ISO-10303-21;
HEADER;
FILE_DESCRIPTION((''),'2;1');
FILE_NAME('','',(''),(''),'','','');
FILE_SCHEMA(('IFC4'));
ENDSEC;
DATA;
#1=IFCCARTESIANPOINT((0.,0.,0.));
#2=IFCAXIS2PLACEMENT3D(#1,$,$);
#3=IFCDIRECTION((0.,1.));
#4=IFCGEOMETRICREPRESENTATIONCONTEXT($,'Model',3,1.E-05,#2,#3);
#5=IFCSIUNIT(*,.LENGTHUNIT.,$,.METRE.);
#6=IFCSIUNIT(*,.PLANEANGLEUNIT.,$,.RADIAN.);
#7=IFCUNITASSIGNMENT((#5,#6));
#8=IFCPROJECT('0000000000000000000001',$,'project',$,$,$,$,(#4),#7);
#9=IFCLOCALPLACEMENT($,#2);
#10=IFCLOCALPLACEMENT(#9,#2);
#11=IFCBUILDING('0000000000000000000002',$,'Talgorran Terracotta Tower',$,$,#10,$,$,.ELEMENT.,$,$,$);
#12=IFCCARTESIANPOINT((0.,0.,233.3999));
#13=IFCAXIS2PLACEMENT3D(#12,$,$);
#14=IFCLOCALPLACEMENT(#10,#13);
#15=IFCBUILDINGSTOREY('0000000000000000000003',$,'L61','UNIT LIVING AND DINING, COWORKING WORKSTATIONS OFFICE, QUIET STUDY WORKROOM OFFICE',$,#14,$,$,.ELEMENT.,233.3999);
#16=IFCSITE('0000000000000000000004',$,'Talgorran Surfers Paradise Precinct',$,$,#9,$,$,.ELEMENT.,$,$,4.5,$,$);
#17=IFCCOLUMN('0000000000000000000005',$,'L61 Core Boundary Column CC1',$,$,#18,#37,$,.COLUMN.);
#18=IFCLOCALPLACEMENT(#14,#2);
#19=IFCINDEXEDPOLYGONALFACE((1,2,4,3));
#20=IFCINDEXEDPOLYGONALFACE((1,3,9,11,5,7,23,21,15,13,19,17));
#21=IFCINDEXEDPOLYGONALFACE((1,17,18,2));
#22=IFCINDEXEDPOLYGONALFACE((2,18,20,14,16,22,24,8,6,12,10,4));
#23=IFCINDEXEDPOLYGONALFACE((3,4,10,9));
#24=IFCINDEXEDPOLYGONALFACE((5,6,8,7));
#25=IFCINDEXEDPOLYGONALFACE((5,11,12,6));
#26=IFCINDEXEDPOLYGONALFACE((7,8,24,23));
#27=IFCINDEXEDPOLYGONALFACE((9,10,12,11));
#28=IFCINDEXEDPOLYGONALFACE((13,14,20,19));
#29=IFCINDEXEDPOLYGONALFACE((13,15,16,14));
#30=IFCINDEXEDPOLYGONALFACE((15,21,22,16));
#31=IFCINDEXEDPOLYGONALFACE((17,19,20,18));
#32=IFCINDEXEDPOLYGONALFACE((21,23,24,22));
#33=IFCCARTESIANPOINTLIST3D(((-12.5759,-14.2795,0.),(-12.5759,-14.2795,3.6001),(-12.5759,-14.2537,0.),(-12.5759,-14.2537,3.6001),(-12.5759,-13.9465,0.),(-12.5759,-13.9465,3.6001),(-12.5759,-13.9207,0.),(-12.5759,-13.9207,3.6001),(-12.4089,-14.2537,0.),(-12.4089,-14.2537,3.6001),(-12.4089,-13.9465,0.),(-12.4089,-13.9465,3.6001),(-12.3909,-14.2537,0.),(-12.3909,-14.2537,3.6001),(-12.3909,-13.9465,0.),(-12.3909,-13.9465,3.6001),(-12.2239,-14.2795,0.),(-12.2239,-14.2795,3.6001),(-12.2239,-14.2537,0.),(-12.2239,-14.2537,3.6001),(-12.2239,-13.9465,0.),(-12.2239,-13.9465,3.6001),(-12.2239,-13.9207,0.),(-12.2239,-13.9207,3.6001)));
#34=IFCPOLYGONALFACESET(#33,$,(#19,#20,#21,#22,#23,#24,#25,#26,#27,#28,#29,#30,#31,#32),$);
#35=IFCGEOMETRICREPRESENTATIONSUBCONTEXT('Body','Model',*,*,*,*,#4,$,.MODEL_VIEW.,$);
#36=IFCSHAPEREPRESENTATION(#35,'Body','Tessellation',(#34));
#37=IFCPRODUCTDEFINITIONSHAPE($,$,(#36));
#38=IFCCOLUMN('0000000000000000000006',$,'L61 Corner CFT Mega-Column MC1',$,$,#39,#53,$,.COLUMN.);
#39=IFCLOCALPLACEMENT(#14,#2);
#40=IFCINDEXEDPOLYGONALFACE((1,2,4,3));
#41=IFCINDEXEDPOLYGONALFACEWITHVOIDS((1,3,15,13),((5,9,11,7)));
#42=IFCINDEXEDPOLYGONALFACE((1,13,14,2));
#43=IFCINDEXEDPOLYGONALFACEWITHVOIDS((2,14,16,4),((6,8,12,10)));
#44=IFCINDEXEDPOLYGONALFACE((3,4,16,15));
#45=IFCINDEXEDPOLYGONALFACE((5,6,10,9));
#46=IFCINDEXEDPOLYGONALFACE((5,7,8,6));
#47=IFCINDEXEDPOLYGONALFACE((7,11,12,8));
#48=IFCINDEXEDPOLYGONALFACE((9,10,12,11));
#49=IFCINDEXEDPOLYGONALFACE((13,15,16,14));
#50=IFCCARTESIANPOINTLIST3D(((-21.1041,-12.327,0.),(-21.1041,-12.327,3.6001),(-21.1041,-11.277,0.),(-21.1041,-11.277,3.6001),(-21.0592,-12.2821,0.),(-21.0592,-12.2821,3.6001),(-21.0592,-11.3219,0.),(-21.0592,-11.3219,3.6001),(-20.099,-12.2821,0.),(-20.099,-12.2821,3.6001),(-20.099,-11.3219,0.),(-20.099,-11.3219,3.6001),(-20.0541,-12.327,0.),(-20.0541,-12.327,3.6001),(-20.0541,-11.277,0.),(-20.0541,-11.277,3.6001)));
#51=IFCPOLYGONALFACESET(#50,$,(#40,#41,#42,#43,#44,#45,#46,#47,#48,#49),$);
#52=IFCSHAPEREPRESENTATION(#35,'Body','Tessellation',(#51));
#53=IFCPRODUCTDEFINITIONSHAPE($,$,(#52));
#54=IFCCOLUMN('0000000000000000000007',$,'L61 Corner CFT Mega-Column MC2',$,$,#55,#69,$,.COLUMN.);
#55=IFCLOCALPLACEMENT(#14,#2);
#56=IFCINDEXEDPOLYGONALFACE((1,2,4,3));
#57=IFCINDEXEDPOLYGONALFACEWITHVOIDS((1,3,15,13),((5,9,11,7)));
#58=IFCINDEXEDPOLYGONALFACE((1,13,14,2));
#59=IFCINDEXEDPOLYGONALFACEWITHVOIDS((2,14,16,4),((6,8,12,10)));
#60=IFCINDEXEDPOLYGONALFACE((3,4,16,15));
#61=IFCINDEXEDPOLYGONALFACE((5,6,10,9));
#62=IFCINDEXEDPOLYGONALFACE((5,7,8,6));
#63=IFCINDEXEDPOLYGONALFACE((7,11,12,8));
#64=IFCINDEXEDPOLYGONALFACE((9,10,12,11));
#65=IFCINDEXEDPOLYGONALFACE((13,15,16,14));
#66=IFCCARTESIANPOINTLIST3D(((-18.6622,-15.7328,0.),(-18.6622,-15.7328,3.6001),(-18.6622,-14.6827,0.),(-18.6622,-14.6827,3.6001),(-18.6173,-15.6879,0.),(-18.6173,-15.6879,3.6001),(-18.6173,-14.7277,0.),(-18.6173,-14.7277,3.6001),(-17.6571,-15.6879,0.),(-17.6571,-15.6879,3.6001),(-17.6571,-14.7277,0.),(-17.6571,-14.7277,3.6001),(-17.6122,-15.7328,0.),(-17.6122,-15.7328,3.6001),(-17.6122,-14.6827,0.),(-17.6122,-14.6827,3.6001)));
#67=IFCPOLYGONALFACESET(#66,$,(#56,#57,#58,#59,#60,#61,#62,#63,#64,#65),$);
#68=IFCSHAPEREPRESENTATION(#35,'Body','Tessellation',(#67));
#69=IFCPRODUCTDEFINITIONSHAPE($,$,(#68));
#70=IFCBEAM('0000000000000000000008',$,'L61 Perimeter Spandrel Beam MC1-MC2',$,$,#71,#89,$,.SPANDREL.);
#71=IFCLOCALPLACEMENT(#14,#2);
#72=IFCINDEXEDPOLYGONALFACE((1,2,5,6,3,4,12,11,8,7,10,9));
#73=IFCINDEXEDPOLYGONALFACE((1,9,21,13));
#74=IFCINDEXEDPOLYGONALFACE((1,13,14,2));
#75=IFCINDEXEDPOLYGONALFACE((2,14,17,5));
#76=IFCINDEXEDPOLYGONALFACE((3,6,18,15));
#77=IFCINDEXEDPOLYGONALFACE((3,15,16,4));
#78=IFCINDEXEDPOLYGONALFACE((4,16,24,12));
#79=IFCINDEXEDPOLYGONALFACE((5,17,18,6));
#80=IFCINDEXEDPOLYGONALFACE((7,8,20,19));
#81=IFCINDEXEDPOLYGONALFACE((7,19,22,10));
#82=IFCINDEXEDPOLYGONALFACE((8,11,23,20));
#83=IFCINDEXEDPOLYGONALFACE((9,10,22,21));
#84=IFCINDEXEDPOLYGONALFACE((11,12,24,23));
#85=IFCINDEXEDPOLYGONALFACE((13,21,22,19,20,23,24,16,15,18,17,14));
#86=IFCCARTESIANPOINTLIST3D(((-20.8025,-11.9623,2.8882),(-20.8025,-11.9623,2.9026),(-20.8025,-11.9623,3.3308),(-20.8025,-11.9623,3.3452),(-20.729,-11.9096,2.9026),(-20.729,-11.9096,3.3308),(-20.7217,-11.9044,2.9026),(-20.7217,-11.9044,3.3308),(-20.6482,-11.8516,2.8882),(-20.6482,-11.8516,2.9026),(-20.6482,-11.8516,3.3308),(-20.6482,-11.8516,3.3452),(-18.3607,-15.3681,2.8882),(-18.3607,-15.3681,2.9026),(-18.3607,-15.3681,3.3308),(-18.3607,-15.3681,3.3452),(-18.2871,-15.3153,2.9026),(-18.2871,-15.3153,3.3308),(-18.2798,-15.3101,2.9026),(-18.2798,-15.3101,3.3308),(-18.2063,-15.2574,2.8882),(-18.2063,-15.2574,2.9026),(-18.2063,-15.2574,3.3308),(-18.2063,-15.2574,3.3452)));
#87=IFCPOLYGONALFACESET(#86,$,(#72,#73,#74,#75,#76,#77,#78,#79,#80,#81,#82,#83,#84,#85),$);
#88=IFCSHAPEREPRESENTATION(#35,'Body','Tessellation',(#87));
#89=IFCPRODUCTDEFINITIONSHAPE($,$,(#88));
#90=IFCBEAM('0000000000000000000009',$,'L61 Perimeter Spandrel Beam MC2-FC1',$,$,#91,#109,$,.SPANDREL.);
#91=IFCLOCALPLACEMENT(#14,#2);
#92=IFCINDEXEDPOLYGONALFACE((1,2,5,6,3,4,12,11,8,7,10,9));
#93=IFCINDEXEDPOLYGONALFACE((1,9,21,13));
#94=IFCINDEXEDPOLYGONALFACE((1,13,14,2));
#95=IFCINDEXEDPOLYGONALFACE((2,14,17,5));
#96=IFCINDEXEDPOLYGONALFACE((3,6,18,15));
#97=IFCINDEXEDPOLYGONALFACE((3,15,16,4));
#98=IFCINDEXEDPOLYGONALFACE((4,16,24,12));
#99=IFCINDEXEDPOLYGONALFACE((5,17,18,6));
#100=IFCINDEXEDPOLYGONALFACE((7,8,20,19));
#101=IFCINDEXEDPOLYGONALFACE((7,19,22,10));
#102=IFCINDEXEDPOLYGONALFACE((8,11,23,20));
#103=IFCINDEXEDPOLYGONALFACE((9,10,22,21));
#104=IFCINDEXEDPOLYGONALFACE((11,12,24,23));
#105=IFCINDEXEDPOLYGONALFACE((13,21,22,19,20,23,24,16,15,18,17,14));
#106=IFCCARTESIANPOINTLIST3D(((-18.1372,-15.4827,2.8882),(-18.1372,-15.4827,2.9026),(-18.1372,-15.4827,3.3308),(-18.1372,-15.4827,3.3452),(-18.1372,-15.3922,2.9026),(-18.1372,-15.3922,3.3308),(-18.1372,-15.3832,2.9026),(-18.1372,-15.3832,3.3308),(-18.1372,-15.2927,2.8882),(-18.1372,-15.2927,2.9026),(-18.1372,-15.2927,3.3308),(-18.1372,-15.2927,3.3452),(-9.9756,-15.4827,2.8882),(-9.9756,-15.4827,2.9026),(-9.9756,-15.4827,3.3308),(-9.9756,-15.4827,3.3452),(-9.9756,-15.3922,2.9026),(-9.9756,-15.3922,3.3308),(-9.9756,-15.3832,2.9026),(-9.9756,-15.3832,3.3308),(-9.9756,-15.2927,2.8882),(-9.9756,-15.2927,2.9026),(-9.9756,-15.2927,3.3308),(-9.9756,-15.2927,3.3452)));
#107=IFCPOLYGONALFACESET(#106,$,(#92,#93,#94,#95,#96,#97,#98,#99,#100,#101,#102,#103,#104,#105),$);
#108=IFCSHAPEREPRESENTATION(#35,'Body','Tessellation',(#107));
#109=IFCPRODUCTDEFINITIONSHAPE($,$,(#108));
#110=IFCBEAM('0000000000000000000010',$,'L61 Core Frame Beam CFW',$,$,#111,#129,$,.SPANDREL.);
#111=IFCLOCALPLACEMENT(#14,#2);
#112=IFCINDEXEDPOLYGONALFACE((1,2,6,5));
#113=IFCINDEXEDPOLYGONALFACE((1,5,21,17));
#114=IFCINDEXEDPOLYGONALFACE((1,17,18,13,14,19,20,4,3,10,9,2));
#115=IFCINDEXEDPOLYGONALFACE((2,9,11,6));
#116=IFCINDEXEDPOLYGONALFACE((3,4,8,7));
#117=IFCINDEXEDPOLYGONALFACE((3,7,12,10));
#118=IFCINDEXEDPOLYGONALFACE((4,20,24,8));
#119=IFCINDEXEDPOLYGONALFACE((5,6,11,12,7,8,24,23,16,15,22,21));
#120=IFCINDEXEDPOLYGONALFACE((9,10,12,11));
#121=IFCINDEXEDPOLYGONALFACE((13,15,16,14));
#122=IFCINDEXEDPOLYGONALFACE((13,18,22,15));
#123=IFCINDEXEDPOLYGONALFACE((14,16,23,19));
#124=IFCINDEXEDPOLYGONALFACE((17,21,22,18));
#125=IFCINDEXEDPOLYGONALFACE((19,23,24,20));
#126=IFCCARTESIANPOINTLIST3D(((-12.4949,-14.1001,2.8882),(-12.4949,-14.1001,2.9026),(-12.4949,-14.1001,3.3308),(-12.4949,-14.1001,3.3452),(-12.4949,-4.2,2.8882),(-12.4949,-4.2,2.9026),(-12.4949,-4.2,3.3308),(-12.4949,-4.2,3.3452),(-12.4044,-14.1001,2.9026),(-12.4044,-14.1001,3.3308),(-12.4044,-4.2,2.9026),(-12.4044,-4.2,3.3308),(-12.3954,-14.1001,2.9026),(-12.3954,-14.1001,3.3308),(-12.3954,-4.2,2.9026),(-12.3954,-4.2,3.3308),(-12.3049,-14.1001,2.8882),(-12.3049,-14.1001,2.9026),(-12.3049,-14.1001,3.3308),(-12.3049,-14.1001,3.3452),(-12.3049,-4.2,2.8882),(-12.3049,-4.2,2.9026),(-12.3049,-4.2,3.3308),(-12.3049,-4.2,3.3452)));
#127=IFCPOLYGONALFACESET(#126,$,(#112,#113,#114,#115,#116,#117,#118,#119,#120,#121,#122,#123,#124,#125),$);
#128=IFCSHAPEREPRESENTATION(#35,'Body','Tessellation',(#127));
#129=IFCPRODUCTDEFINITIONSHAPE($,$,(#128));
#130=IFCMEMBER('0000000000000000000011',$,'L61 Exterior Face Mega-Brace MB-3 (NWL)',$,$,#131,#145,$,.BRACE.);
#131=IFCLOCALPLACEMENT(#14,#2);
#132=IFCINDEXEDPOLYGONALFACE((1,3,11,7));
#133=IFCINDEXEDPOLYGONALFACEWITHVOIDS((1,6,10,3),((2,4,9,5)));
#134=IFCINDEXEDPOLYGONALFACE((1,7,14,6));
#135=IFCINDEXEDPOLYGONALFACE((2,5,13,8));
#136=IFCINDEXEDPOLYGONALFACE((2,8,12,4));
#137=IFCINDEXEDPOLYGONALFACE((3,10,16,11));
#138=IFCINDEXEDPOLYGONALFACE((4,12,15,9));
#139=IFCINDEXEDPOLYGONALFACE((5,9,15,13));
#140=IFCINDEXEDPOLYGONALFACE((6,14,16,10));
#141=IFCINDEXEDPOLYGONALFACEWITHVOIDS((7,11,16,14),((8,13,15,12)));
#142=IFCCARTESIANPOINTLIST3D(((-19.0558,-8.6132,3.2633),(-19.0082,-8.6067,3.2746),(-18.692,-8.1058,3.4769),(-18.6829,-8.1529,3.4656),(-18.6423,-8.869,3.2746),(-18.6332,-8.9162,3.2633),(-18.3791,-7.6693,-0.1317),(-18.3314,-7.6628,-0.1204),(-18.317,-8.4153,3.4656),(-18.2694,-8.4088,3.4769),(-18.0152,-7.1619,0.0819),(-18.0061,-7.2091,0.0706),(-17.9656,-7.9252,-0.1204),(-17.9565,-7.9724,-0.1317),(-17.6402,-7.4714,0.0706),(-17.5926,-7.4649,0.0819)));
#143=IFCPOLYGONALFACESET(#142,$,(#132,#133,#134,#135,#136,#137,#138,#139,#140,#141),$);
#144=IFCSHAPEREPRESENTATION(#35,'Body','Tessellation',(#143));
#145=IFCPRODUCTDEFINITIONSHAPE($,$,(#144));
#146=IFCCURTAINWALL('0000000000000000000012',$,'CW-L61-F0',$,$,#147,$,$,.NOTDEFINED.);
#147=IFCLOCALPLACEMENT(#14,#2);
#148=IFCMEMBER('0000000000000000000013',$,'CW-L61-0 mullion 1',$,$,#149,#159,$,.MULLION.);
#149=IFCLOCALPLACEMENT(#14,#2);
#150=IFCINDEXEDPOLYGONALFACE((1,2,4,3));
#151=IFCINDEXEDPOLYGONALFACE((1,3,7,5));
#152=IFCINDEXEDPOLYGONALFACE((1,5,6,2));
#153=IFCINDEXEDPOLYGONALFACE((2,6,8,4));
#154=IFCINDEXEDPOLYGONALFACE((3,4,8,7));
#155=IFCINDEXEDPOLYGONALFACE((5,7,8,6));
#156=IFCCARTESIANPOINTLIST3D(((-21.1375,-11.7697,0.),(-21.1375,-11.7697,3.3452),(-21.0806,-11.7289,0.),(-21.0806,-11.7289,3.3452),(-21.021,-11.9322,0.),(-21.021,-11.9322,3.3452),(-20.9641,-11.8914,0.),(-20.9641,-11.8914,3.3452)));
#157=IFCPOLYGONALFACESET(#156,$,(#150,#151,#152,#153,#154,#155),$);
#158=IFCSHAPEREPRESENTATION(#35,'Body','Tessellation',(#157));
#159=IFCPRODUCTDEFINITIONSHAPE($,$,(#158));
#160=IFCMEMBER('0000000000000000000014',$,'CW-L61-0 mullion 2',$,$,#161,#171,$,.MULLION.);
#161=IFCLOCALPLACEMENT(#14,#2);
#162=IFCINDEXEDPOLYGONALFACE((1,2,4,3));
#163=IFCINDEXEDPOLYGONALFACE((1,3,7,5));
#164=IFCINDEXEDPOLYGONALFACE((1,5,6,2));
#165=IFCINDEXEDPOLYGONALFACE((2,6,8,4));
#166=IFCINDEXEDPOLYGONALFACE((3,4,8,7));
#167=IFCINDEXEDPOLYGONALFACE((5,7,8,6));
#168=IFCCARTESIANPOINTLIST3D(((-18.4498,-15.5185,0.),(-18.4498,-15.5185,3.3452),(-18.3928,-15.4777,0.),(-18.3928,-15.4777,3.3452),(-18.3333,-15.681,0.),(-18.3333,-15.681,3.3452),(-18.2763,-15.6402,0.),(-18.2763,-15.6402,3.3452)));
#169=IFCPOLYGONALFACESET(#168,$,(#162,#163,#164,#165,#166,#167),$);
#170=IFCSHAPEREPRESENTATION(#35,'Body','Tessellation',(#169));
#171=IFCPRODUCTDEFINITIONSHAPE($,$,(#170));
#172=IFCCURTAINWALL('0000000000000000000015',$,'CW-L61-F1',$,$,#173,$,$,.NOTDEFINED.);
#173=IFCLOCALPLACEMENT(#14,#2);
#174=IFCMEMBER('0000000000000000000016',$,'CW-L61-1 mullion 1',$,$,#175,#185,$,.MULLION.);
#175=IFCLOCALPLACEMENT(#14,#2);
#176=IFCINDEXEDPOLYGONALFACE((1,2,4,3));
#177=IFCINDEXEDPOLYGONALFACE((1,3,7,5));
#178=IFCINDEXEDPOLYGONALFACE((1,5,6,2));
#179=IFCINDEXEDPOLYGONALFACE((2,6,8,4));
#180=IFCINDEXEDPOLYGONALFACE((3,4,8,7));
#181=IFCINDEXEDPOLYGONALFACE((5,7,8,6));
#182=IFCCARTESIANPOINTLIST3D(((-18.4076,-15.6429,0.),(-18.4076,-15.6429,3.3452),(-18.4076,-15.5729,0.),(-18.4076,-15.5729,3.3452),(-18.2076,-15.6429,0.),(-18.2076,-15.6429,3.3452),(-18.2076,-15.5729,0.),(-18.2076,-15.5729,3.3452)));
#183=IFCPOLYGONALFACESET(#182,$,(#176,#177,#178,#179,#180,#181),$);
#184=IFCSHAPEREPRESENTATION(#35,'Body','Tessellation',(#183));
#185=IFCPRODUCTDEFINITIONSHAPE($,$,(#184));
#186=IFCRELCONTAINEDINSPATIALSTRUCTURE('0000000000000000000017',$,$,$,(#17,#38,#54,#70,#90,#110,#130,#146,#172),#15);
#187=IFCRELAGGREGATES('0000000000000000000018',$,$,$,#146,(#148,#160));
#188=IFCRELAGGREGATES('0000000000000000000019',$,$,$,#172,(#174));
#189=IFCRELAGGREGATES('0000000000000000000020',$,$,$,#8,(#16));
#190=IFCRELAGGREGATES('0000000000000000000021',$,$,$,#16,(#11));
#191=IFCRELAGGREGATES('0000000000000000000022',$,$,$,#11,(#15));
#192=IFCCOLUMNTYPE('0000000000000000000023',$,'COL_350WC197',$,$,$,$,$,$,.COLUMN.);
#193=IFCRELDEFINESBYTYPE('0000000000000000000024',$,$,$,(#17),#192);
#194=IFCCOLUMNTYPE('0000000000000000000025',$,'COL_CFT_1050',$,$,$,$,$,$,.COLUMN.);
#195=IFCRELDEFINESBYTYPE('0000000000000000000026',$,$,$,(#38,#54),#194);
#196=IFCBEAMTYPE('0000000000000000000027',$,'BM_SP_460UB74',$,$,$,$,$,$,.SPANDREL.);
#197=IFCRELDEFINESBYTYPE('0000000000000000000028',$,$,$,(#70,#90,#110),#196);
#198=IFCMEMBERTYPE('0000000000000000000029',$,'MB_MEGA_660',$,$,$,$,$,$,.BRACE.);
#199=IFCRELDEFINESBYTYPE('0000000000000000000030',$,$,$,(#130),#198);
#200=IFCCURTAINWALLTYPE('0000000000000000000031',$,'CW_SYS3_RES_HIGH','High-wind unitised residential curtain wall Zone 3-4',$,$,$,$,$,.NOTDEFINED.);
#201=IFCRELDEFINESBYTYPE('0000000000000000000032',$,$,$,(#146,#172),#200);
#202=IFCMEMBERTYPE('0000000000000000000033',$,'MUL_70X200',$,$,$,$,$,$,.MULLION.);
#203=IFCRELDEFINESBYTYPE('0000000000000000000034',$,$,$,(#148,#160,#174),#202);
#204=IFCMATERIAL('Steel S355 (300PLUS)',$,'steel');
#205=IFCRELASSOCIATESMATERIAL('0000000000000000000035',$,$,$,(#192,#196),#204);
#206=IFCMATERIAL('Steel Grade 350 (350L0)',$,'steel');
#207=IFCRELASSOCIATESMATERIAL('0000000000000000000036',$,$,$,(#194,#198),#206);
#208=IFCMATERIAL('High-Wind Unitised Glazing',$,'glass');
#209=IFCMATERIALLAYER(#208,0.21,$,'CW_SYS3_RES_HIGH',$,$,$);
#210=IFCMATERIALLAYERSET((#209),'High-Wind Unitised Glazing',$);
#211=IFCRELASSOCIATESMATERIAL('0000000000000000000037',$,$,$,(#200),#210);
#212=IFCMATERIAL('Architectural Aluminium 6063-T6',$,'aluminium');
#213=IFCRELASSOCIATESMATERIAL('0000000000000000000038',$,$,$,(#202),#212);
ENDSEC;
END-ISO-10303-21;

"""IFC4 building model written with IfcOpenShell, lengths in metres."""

from ifc_helpers import new_model, si_unit, direction, frame, origin, origin_2d, place, context, subcontext, project, spatial, rectangle, hollow_rectangle, i_section, extrude, material, layer, layer_set, material_profile, profile_set, type_object, element, aggregate, save


model = new_model("IFC4")

# Units and contexts
model_context = context("Model", 3, precision=1e-05, world=origin(), true_north=direction((0.0, 1.0)))
body_context = subcontext(model_context, "Body", "Model", "MODEL_VIEW")
ifc_project = project(units=[si_unit("LENGTHUNIT", "METRE"), si_unit("PLANEANGLEUNIT", "RADIAN")], contexts=[model_context])

# Site, building, storey
site_placement = place(None, origin())
site = spatial("IfcSite", under=ifc_project, at=site_placement, Name="Talgorran Surfers Paradise Precinct", CompositionType="ELEMENT", RefElevation=4.5)
building_placement = place(site_placement, origin())
building = spatial("IfcBuilding", under=site, at=building_placement, Name="Talgorran Terracotta Tower", CompositionType="ELEMENT")
storey_placement = place(building_placement, frame((0.0, 0.0, 233.3999)))
storey = spatial("IfcBuildingStorey", under=building, at=storey_placement, Name="L61", Description="UNIT LIVING AND DINING, COWORKING WORKSTATIONS OFFICE, QUIET STUDY WORKROOM OFFICE", CompositionType="ELEMENT", Elevation=233.3999)

# Columns
ifc_material_1 = material(Name="Steel S355 (300PLUS)", Category="steel")
ifc_material_profile_1 = material_profile(ifc_material_1, i_section(OverallWidth=0.3521, OverallDepth=0.3589, WebThickness=0.0181, FlangeThickness=0.0259, at=origin_2d()), Name="350WC197")
ifc_profile_set_1 = profile_set([ifc_material_profile_1], Name="Steel S355 (300PLUS)")
column_type_1 = type_object("IfcColumnType", Name="COL_350WC197", PredefinedType="COLUMN", material=ifc_profile_set_1)
column_placement = place(storey_placement, frame((-12.3999, -14.1001, 0.0), z_axis=(0.0, 0.0, 1.0), x_axis=(1.0, 0.0, 0.0)))
element("IfcColumn", 1, at=column_placement, inside=storey, type_object=column_type_1, Name="L61 Core Boundary Column CC1", PredefinedType="COLUMN", context=body_context, shape_type="SweptSolid", body=[
    extrude(i_section(OverallWidth=0.3521, OverallDepth=0.3589, WebThickness=0.0181, FlangeThickness=0.0259, at=origin_2d()), origin(), (0.0, 0.0, 1.0), 3.6001),
])
ifc_material_2 = material(Name="Steel Grade 350 (350L0)", Category="steel")
ifc_material_profile_2 = material_profile(ifc_material_2, hollow_rectangle(XDim=1.05, YDim=1.05, WallThickness=0.0449, at=origin_2d()), Name="CFT1050X1050X45")
ifc_profile_set_2 = profile_set([ifc_material_profile_2], Name="Steel Grade 350 (350L0)")
column_type_2 = type_object("IfcColumnType", Name="COL_CFT_1050", PredefinedType="COLUMN", material=ifc_profile_set_2)
for number, where, z_axis, x_axis, name in (
    (2, (-20.5791, -11.802, 0.0), (0.0, 0.0, 1.0), (1.0, 0.0, 0.0), "L61 Corner CFT Mega-Column MC1"),
    (3, (-18.1372, -15.2078, 0.0), (0.0, 0.0, 1.0), (1.0, 0.0, 0.0), "L61 Corner CFT Mega-Column MC2"),
):
    element("IfcColumn", number, at=place(storey_placement, frame(where, z_axis=z_axis, x_axis=x_axis)), inside=storey, type_object=column_type_2, Name=name, PredefinedType="COLUMN", context=body_context, shape_type="SweptSolid", body=[
        extrude(hollow_rectangle(XDim=1.05, YDim=1.05, WallThickness=0.0449, at=origin_2d()), origin(), (0.0, 0.0, 1.0), 3.6001),
    ])

# Beams
ifc_material_profile_3 = material_profile(ifc_material_1, i_section(OverallWidth=0.1899, OverallDepth=0.457, WebThickness=0.009, FlangeThickness=0.0144, at=origin_2d()), Name="460UB74.6")
ifc_profile_set_3 = profile_set([ifc_material_profile_3], Name="Steel S355 (300PLUS)")
beam_type = type_object("IfcBeamType", Name="BM_SP_460UB74", PredefinedType="SPANDREL", material=ifc_profile_set_3)
beam_1_placement = place(storey_placement, frame((-20.7253, -11.907, 3.1167), z_axis=(0.582692, -0.812693, 0.0), x_axis=(0.812693, 0.582692, 0.0)))
element("IfcBeam", 4, at=beam_1_placement, inside=storey, type_object=beam_type, Name="L61 Perimeter Spandrel Beam MC1-MC2", PredefinedType="SPANDREL", context=body_context, shape_type="SweptSolid", body=[
    extrude(i_section(OverallWidth=0.1899, OverallDepth=0.457, WebThickness=0.009, FlangeThickness=0.0144, at=origin_2d()), origin(), (0.0, 0.0, 1.0), 4.1907),
])
beam_2_placement = place(storey_placement, frame((-18.1372, -15.3877, 3.1167), z_axis=(1.0, 0.0, 0.0), x_axis=(0.0, 1.0, 0.0)))
element("IfcBeam", 5, at=beam_2_placement, inside=storey, type_object=beam_type, Name="L61 Perimeter Spandrel Beam MC2-FC1", PredefinedType="SPANDREL", context=body_context, shape_type="SweptSolid", body=[
    extrude(i_section(OverallWidth=0.1899, OverallDepth=0.457, WebThickness=0.009, FlangeThickness=0.0144, at=origin_2d()), origin(), (0.0, 0.0, 1.0), 8.1616),
])
beam_3_placement = place(storey_placement, frame((-12.3999, -14.1001, 3.1167), z_axis=(0.0, 1.0, 0.0), x_axis=(-1.0, 0.0, 0.0)))
element("IfcBeam", 6, at=beam_3_placement, inside=storey, type_object=beam_type, Name="L61 Core Frame Beam CFW", PredefinedType="SPANDREL", context=body_context, shape_type="SweptSolid", body=[
    extrude(i_section(OverallWidth=0.1899, OverallDepth=0.457, WebThickness=0.009, FlangeThickness=0.0144, at=origin_2d()), origin(), (0.0, 0.0, 1.0), 9.9001),
])

# Member
ifc_material_profile_4 = material_profile(ifc_material_2, hollow_rectangle(XDim=0.52, YDim=0.6599, WallThickness=0.0349, at=origin_2d()), Name="WBOX660X520X35")
ifc_profile_set_4 = profile_set([ifc_material_profile_4], Name="Steel Grade 350 (350L0)")
member_type_1 = type_object("IfcMemberType", Name="MB_MEGA_660", PredefinedType="BRACE", material=ifc_profile_set_4)
member_1_placement = place(storey_placement, frame((-17.9858, -7.5671, -0.0249), z_axis=(-0.188608, -0.263044, 0.946169), x_axis=(0.812681, -0.582709, 0.0)))
element("IfcMember", 7, at=member_1_placement, inside=storey, type_object=member_type_1, Name="L61 Exterior Face Mega-Brace MB-3 (NWL)", PredefinedType="BRACE", context=body_context, shape_type="SweptSolid", body=[
    extrude(hollow_rectangle(XDim=0.52, YDim=0.6599, WallThickness=0.0349, at=origin_2d()), origin(), (0.0, 0.0, 1.0), 3.5881),
])

# Curtain wall, members
ifc_material_3 = material(Name="High-Wind Unitised Glazing", Category="glass")
ifc_layer_1 = layer(ifc_material_3, 0.21, Name="CW_SYS3_RES_HIGH")
ifc_layer_set_1 = layer_set([ifc_layer_1], Name="High-Wind Unitised Glazing")
curtain_wall_type = type_object("IfcCurtainWallType", Name="CW_SYS3_RES_HIGH", Description="High-wind unitised residential curtain wall Zone 3-4", PredefinedType="NOTDEFINED", material=ifc_layer_set_1)
curtain_wall_1_placement = place(storey_placement, origin())
curtain_wall_1 = element("IfcCurtainWall", 8, at=curtain_wall_1_placement, inside=storey, type_object=curtain_wall_type, Name="CW-L61-F0", PredefinedType="NOTDEFINED")
ifc_material_4 = material(Name="Architectural Aluminium 6063-T6", Category="aluminium")
ifc_material_profile_5 = material_profile(ifc_material_4, rectangle(XDim=0.0701, YDim=0.2, at=origin_2d()), Name="CWM70X200")
ifc_profile_set_5 = profile_set([ifc_material_profile_5], Name="Architectural Aluminium 6063-T6")
member_type_2 = type_object("IfcMemberType", Name="MUL_70X200", PredefinedType="MULLION", material=ifc_profile_set_5)
member_2_placement = place(storey_placement, frame((-21.0508, -11.8306, 0.0), z_axis=(0.0, 0.0, 1.0), x_axis=(0.812715, 0.582661, 0.0)))
member_2 = element("IfcMember", 9, at=member_2_placement, type_object=member_type_2, Name="CW-L61-0 mullion 1", PredefinedType="MULLION", context=body_context, shape_type="SweptSolid", body=[
    extrude(rectangle(XDim=0.0701, YDim=0.2, at=origin_2d()), origin(), (0.0, 0.0, 1.0), 3.3452),
])
member_3_placement = place(storey_placement, frame((-18.363, -15.5793, 0.0), z_axis=(0.0, 0.0, 1.0), x_axis=(0.812715, 0.582661, 0.0)))
member_3 = element("IfcMember", 10, at=member_3_placement, type_object=member_type_2, Name="CW-L61-0 mullion 2", PredefinedType="MULLION", context=body_context, shape_type="SweptSolid", body=[
    extrude(rectangle(XDim=0.0701, YDim=0.2, at=origin_2d()), origin(), (0.0, 0.0, 1.0), 3.3452),
])

# Curtain wall, member
curtain_wall_2_placement = place(storey_placement, origin())
curtain_wall_2 = element("IfcCurtainWall", 11, at=curtain_wall_2_placement, inside=storey, type_object=curtain_wall_type, Name="CW-L61-F1", PredefinedType="NOTDEFINED")
member_4_placement = place(storey_placement, frame((-18.3076, -15.6079, 0.0), z_axis=(0.0, 0.0, 1.0), x_axis=(0.0, 1.0, 0.0)))
member_4 = element("IfcMember", 12, at=member_4_placement, type_object=member_type_2, Name="CW-L61-1 mullion 1", PredefinedType="MULLION", context=body_context, shape_type="SweptSolid", body=[
    extrude(rectangle(XDim=0.0701, YDim=0.2, at=origin_2d()), origin(), (0.0, 0.0, 1.0), 3.3452),
])

aggregate(curtain_wall_1, [member_2, member_3])
aggregate(curtain_wall_2, [member_4])

save(model, "model.ifc")
